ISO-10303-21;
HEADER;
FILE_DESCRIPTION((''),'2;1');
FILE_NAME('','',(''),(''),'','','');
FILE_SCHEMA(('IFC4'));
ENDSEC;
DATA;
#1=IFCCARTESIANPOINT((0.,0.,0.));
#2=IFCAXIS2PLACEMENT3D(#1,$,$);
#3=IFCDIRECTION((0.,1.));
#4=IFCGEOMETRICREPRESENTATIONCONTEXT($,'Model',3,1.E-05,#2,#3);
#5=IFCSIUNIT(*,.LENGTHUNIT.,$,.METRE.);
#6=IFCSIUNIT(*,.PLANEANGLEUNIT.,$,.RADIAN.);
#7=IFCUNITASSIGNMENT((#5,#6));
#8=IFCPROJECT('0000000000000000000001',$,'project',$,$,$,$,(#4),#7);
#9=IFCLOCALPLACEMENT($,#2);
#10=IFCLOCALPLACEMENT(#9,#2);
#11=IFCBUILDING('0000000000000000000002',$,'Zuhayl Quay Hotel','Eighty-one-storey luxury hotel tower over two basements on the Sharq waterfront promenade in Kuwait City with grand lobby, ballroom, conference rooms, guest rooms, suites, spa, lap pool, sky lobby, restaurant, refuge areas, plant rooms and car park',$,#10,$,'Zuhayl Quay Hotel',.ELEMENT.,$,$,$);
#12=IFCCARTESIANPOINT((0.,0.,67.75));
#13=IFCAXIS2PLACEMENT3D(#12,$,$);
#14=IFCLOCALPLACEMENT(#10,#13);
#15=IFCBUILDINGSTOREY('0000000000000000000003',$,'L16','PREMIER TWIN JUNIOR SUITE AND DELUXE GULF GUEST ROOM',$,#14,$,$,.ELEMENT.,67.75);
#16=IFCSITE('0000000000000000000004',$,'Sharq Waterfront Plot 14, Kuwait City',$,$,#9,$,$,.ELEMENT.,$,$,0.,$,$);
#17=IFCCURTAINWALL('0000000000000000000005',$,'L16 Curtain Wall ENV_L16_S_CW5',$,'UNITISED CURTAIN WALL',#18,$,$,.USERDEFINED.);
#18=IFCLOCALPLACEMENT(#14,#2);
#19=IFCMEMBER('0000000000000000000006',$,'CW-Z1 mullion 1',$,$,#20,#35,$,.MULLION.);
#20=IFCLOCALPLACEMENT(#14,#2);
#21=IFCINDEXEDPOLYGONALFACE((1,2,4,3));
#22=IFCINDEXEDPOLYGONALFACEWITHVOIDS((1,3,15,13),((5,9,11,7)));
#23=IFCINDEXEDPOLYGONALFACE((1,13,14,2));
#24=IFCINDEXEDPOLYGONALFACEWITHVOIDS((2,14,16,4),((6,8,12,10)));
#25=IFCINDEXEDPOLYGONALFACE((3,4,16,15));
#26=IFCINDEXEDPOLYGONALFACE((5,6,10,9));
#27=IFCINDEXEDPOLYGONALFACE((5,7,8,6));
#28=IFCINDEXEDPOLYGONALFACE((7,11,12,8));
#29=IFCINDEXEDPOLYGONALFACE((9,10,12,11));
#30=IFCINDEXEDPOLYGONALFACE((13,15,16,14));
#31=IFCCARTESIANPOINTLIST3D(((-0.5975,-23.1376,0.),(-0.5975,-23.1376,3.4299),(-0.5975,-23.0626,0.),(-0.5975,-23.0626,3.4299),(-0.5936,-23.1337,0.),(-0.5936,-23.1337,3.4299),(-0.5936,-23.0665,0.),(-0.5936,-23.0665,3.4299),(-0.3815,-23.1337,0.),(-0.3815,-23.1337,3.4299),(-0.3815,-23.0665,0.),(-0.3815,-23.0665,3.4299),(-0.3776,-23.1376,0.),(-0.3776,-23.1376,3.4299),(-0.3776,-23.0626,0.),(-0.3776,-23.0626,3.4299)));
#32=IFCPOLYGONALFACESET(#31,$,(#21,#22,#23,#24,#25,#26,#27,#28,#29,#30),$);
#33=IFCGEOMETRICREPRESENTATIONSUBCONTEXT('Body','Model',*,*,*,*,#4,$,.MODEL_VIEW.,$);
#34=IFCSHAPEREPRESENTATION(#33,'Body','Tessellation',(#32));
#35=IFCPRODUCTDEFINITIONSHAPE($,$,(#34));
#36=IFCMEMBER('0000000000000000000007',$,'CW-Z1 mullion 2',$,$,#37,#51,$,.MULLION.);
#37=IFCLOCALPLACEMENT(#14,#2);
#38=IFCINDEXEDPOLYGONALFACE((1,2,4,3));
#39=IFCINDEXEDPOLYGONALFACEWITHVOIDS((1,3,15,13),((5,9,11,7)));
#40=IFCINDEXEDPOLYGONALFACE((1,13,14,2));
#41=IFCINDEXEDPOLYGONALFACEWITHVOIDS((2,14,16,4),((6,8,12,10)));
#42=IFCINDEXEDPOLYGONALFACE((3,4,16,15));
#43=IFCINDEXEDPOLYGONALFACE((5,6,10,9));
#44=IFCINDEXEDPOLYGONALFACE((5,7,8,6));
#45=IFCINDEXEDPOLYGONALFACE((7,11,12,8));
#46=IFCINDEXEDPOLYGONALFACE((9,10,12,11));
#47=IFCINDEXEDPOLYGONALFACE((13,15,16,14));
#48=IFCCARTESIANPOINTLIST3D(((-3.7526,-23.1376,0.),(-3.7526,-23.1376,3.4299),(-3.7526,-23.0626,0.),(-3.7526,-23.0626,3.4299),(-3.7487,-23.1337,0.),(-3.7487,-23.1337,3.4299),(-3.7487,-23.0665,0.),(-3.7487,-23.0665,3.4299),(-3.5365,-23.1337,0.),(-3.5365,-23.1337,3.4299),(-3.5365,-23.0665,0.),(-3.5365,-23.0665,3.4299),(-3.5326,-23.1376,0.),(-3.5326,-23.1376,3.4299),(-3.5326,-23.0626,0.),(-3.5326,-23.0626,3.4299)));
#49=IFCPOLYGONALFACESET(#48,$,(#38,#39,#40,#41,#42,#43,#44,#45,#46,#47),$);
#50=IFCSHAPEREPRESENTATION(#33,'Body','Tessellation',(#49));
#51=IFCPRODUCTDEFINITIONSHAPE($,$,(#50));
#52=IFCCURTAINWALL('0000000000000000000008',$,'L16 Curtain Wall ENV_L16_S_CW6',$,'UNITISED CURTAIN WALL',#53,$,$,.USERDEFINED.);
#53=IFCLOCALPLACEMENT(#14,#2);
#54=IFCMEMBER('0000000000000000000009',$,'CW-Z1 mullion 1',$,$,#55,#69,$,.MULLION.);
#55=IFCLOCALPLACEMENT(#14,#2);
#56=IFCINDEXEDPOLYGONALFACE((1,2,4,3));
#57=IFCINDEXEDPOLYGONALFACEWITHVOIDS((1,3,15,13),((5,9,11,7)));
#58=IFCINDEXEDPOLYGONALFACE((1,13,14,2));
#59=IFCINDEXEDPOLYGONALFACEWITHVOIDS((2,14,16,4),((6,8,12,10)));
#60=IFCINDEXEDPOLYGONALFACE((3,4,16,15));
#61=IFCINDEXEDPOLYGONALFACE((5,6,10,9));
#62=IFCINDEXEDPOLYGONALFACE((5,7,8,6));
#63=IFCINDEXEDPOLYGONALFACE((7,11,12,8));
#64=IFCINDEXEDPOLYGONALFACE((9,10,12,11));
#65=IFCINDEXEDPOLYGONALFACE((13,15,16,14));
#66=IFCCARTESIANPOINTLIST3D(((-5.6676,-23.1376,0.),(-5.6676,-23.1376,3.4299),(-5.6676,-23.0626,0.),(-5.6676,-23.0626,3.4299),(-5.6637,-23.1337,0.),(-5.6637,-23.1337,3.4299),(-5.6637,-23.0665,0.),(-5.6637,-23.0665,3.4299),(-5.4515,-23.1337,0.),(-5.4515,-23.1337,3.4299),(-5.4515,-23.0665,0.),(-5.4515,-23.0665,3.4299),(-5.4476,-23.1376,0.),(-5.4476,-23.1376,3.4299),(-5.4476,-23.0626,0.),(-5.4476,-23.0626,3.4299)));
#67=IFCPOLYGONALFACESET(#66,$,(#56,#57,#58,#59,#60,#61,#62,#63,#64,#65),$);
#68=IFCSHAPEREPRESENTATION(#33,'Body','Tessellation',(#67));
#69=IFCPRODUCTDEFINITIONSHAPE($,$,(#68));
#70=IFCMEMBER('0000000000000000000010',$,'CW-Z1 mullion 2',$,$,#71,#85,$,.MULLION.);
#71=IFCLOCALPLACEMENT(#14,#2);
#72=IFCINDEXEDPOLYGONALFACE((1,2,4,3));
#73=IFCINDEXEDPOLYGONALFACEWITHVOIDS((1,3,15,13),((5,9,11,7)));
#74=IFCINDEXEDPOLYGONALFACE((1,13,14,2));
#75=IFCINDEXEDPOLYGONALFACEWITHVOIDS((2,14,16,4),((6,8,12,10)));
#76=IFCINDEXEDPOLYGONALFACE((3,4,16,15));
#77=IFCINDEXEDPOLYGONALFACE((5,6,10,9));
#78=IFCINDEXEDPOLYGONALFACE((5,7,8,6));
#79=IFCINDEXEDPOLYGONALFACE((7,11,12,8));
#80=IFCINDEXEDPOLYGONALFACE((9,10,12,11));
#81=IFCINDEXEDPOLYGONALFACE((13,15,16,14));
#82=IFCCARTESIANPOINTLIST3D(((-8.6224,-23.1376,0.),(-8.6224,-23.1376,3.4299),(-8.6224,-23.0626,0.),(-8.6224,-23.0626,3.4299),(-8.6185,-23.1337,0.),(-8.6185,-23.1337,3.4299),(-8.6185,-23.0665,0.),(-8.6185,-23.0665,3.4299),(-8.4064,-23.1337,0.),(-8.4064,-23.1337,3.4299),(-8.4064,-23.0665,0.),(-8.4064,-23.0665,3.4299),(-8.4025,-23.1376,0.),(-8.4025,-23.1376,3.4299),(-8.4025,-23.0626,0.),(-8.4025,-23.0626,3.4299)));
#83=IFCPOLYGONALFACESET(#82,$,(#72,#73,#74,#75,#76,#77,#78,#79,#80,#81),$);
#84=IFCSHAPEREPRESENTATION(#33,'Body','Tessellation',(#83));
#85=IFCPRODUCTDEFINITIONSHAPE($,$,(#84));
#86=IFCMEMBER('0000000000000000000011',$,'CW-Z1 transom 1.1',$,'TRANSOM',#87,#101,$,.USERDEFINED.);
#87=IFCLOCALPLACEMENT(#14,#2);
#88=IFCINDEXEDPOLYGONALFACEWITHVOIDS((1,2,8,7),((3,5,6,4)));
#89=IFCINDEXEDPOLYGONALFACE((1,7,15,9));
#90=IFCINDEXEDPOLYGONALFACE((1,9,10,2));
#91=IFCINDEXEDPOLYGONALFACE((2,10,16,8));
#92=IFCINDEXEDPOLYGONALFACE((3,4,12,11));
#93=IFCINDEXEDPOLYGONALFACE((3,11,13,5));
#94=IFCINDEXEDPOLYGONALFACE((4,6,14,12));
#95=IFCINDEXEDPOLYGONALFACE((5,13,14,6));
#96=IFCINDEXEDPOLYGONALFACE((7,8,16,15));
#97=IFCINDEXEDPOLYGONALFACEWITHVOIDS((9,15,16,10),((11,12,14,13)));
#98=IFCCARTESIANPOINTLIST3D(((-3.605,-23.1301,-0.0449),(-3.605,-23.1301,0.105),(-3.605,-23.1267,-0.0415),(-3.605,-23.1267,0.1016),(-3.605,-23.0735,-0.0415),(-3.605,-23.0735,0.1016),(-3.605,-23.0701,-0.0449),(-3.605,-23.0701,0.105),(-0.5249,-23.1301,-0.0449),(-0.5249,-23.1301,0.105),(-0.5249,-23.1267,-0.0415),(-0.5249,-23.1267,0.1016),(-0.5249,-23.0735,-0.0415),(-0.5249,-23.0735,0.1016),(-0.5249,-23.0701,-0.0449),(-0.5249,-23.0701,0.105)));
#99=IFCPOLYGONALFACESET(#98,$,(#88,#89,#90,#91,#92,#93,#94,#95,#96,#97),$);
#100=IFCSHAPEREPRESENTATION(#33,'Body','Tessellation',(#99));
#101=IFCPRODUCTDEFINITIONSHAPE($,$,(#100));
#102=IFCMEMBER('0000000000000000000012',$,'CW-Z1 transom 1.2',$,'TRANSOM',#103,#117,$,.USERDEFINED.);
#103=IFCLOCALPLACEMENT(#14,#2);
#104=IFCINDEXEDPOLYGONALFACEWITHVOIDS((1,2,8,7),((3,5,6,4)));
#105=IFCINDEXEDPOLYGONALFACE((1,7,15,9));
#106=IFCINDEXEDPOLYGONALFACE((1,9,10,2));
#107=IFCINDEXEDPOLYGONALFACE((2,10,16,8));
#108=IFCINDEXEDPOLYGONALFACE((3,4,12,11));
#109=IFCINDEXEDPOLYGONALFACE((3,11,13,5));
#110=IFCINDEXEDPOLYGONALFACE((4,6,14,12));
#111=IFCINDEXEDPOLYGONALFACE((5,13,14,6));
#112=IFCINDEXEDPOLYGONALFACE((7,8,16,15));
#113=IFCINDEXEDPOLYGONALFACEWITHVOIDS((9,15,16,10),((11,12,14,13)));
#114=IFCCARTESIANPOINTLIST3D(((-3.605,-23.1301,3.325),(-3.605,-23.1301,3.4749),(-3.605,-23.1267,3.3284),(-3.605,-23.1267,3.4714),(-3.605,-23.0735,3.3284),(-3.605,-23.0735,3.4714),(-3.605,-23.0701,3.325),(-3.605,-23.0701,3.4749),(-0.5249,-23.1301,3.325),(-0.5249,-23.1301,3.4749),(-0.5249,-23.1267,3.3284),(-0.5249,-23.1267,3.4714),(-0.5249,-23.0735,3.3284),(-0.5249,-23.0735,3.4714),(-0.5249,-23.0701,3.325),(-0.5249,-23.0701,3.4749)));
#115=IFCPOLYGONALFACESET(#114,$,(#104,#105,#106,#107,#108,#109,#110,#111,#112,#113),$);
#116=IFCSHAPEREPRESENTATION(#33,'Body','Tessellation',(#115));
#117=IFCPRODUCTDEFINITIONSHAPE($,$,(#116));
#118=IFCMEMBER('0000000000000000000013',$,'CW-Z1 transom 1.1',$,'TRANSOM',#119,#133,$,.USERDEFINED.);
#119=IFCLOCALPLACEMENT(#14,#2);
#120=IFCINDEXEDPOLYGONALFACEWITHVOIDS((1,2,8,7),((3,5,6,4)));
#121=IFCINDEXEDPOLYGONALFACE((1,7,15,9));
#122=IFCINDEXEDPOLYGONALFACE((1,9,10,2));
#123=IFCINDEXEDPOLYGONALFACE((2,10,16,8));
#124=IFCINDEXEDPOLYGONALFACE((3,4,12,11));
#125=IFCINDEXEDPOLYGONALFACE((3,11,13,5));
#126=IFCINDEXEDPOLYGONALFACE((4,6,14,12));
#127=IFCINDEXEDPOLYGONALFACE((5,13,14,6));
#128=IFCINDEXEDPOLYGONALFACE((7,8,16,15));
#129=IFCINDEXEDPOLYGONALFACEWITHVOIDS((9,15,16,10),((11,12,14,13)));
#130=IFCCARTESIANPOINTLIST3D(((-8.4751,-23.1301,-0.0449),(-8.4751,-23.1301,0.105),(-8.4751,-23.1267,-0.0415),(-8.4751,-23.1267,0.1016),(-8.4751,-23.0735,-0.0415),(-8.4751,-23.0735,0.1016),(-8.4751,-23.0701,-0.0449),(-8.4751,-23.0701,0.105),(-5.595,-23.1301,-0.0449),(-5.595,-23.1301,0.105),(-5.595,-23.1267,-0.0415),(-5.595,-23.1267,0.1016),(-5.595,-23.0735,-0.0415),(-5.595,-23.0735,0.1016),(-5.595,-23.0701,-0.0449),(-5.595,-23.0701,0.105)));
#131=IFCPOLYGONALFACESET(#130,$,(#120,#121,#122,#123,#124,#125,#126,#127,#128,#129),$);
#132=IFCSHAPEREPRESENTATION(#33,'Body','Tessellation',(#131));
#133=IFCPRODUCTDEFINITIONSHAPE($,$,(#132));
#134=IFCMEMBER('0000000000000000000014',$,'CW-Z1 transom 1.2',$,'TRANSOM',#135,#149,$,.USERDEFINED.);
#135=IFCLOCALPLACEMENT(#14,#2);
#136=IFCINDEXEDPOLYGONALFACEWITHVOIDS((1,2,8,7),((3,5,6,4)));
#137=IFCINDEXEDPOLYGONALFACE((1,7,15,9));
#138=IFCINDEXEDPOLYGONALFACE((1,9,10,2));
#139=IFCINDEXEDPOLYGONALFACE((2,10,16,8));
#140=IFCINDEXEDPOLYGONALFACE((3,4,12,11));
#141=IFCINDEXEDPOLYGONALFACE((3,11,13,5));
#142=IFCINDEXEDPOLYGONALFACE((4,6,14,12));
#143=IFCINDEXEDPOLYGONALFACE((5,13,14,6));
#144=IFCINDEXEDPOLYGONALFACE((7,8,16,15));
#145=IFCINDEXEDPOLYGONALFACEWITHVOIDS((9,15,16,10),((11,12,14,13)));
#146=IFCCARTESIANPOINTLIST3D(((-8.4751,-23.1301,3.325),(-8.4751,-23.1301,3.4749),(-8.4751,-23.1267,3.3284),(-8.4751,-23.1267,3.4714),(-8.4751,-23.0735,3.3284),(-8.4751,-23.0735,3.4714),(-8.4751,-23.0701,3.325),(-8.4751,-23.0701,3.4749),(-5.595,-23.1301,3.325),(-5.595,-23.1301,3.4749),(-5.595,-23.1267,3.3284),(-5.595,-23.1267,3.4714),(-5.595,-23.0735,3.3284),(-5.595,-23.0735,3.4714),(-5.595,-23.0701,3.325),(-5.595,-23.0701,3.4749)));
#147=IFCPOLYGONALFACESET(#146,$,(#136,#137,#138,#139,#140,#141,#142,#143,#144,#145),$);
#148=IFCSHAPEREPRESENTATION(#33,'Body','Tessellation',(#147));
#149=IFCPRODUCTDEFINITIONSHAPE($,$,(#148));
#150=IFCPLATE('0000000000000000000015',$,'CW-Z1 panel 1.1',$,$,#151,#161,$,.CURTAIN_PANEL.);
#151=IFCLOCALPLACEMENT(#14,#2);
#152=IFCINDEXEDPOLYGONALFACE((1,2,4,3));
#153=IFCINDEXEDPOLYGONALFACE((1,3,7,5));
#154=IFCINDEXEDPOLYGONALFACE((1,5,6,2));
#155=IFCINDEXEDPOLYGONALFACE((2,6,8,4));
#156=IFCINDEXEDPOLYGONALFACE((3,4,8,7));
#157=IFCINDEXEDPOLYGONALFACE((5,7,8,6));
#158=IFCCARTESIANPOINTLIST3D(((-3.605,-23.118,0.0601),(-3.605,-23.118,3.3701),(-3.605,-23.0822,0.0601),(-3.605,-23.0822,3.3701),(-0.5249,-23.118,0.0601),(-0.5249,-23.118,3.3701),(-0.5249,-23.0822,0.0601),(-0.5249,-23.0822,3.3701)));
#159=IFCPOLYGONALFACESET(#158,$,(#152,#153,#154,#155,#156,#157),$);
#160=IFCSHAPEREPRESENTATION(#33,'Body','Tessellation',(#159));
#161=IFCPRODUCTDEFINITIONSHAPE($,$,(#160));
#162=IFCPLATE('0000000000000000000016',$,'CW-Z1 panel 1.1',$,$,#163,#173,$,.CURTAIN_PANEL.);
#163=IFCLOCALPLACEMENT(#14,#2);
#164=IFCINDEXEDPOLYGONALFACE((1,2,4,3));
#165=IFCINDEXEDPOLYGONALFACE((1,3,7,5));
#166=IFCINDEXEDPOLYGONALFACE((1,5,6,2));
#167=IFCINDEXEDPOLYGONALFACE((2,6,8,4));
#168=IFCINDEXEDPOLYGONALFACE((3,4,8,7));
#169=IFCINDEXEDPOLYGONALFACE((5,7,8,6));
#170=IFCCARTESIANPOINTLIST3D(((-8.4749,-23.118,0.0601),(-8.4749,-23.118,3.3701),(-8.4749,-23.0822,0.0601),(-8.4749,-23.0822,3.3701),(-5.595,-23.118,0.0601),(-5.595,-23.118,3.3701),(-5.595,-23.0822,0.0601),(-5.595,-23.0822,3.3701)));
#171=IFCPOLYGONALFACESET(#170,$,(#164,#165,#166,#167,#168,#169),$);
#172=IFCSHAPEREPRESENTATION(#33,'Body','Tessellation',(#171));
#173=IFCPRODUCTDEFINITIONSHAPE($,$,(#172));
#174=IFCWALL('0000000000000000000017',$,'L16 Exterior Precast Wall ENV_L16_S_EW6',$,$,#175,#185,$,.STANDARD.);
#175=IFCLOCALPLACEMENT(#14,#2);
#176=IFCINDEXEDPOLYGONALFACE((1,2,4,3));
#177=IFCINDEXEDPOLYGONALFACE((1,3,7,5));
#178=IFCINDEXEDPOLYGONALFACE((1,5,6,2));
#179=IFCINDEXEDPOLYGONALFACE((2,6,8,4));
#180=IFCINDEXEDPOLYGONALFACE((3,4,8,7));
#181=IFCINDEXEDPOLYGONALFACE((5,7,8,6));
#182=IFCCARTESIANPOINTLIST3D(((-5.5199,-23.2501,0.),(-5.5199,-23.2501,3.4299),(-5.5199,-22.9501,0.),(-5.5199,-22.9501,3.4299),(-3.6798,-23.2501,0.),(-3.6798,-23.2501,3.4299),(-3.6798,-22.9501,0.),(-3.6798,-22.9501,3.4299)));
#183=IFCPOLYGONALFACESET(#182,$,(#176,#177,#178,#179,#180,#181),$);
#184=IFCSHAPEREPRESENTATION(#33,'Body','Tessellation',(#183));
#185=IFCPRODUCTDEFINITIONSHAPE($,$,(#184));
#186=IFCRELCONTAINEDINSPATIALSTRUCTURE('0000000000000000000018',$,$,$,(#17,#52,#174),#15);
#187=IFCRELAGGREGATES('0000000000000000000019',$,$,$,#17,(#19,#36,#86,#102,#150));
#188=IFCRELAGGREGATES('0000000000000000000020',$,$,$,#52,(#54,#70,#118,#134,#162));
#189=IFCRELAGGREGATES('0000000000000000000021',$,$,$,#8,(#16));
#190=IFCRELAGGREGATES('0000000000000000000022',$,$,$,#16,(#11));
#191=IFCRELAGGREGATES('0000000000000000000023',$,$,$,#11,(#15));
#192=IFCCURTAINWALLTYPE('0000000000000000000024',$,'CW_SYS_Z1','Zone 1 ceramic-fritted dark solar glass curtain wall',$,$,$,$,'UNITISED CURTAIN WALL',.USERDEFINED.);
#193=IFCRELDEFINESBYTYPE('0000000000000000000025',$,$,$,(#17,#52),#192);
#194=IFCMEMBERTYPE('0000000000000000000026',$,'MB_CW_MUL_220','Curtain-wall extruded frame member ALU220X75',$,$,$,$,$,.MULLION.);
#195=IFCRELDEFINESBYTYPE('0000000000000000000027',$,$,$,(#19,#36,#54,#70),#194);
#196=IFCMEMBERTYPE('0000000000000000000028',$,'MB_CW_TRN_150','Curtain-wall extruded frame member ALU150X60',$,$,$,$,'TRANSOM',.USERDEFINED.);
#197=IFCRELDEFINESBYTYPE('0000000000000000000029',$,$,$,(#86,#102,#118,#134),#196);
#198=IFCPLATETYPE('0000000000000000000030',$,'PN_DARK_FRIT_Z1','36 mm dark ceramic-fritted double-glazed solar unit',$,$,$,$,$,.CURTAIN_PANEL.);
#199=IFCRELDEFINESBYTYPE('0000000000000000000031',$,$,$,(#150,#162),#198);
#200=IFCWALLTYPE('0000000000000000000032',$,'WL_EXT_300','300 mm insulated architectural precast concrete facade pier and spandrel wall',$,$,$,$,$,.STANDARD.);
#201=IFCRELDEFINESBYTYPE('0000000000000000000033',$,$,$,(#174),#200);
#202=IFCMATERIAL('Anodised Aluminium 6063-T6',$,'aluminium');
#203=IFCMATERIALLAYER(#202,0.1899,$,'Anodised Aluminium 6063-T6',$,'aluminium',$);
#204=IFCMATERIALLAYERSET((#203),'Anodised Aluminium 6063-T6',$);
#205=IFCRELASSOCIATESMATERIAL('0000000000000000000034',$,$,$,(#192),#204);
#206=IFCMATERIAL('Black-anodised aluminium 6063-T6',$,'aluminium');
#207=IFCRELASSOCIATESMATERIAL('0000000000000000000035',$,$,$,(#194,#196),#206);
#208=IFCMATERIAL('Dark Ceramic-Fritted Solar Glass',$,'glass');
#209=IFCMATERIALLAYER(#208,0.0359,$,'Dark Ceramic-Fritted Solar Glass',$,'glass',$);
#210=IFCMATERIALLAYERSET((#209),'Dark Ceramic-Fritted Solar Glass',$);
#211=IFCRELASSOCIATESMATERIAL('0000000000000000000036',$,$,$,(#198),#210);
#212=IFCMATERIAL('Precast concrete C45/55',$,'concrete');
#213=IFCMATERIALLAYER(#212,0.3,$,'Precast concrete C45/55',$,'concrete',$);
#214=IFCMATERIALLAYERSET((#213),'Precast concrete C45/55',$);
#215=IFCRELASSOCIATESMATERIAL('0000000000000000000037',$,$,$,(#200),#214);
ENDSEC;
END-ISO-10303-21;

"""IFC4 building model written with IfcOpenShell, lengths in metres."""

from ifc_helpers import new_model, si_unit, direction, frame, frame_2d, origin, origin_2d, place, context, subcontext, project, spatial, rectangle, hollow_rectangle, extrude, material, layer, layer_set, material_profile, profile_set, type_object, element, aggregate, save


model = new_model("IFC4")

# Units and contexts
model_context = context("Model", 3, precision=1e-05, world=origin(), true_north=direction((0.0, 1.0)))
body_context = subcontext(model_context, "Body", "Model", "MODEL_VIEW")
ifc_project = project(units=[si_unit("LENGTHUNIT", "METRE"), si_unit("PLANEANGLEUNIT", "RADIAN")], contexts=[model_context])

# Site, building, storey
site_placement = place(None, origin())
site = spatial("IfcSite", under=ifc_project, at=site_placement, Name="Sharq Waterfront Plot 14, Kuwait City", CompositionType="ELEMENT", RefElevation=0.0)
building_placement = place(site_placement, origin())
building = spatial("IfcBuilding", under=site, at=building_placement, Name="Zuhayl Quay Hotel", Description="Eighty-one-storey luxury hotel tower over two basements on the Sharq waterfront promenade in Kuwait City with grand lobby, ballroom, conference rooms, guest rooms, suites, spa, lap pool, sky lobby, restaurant, refuge areas, plant rooms and car park", LongName="Zuhayl Quay Hotel", CompositionType="ELEMENT")
storey_placement = place(building_placement, frame((0.0, 0.0, 67.75)))
storey = spatial("IfcBuildingStorey", under=building, at=storey_placement, Name="L16", Description="PREMIER TWIN JUNIOR SUITE AND DELUXE GULF GUEST ROOM", CompositionType="ELEMENT", Elevation=67.75)

# Curtain walls, members
ifc_material_1 = material(Name="Anodised Aluminium 6063-T6", Category="aluminium")
ifc_layer_1 = layer(ifc_material_1, 0.1899, Name="Anodised Aluminium 6063-T6", Category="aluminium")
ifc_layer_set_1 = layer_set([ifc_layer_1], Name="Anodised Aluminium 6063-T6")
curtain_wall_type = type_object("IfcCurtainWallType", Name="CW_SYS_Z1", Description="Zone 1 ceramic-fritted dark solar glass curtain wall", ElementType="UNITISED CURTAIN WALL", PredefinedType="USERDEFINED", material=ifc_layer_set_1)
curtain_wall_1_placement = place(storey_placement, origin())
curtain_wall_1 = element("IfcCurtainWall", 1, at=curtain_wall_1_placement, inside=storey, type_object=curtain_wall_type, Name="L16 Curtain Wall ENV_L16_S_CW5", ObjectType="UNITISED CURTAIN WALL", PredefinedType="USERDEFINED")
ifc_material_2 = material(Name="Black-anodised aluminium 6063-T6", Category="aluminium")
ifc_material_profile_1 = material_profile(ifc_material_2, hollow_rectangle(XDim=0.075, YDim=0.22, WallThickness=0.0039, at=origin_2d()), Name="ALU220X75")
ifc_profile_set_1 = profile_set([ifc_material_profile_1], Name="Black-anodised aluminium 6063-T6")
member_type_1 = type_object("IfcMemberType", Name="MB_CW_MUL_220", Description="Curtain-wall extruded frame member ALU220X75", PredefinedType="MULLION", material=ifc_profile_set_1)
member_1_placement = place(storey_placement, frame((-0.4875, -23.1001, 0.0), z_axis=(0.0, 0.0, 1.0), x_axis=(0.0, -1.0, 0.0)))
member_1 = element("IfcMember", 2, at=member_1_placement, type_object=member_type_1, Name="CW-Z1 mullion 1", PredefinedType="MULLION", context=body_context, shape_type="SweptSolid", body=[
    extrude(hollow_rectangle(XDim=0.075, YDim=0.22, WallThickness=0.0039, at=origin_2d()), origin(), (0.0, 0.0, 1.0), 3.4299),
])
member_2_placement = place(storey_placement, frame((-3.6426, -23.1001, 0.0), z_axis=(0.0, 0.0, 1.0), x_axis=(0.0, -1.0, 0.0)))
member_2 = element("IfcMember", 3, at=member_2_placement, type_object=member_type_1, Name="CW-Z1 mullion 2", PredefinedType="MULLION", context=body_context, shape_type="SweptSolid", body=[
    extrude(hollow_rectangle(XDim=0.075, YDim=0.22, WallThickness=0.0039, at=origin_2d()), origin(), (0.0, 0.0, 1.0), 3.4299),
])
curtain_wall_2_placement = place(storey_placement, origin())
curtain_wall_2 = element("IfcCurtainWall", 4, at=curtain_wall_2_placement, inside=storey, type_object=curtain_wall_type, Name="L16 Curtain Wall ENV_L16_S_CW6", ObjectType="UNITISED CURTAIN WALL", PredefinedType="USERDEFINED")
member_3_placement = place(storey_placement, frame((-5.5576, -23.1001, 0.0), z_axis=(0.0, 0.0, 1.0), x_axis=(0.0, -1.0, 0.0)))
member_3 = element("IfcMember", 5, at=member_3_placement, type_object=member_type_1, Name="CW-Z1 mullion 1", PredefinedType="MULLION", context=body_context, shape_type="SweptSolid", body=[
    extrude(hollow_rectangle(XDim=0.075, YDim=0.22, WallThickness=0.0039, at=origin_2d()), origin(), (0.0, 0.0, 1.0), 3.4299),
])
member_4_placement = place(storey_placement, frame((-8.5125, -23.1001, 0.0), z_axis=(0.0, 0.0, 1.0), x_axis=(0.0, -1.0, 0.0)))
member_4 = element("IfcMember", 6, at=member_4_placement, type_object=member_type_1, Name="CW-Z1 mullion 2", PredefinedType="MULLION", context=body_context, shape_type="SweptSolid", body=[
    extrude(hollow_rectangle(XDim=0.075, YDim=0.22, WallThickness=0.0039, at=origin_2d()), origin(), (0.0, 0.0, 1.0), 3.4299),
])

# Members
ifc_material_profile_2 = material_profile(ifc_material_2, hollow_rectangle(XDim=0.0601, YDim=0.1499, WallThickness=0.0034, at=origin_2d()), Name="ALU150X60")
ifc_profile_set_2 = profile_set([ifc_material_profile_2], Name="Black-anodised aluminium 6063-T6")
member_type_2 = type_object("IfcMemberType", Name="MB_CW_TRN_150", Description="Curtain-wall extruded frame member ALU150X60", ElementType="TRANSOM", PredefinedType="USERDEFINED", material=ifc_profile_set_2)
member_5_placement = place(storey_placement, frame((-0.5249, -23.1001, 0.03), z_axis=(-1.0, 0.0, 0.0), x_axis=(0.0, -1.0, 0.0)))
member_5 = element("IfcMember", 7, at=member_5_placement, type_object=member_type_2, Name="CW-Z1 transom 1.1", ObjectType="TRANSOM", PredefinedType="USERDEFINED", context=body_context, shape_type="SweptSolid", body=[
    extrude(hollow_rectangle(XDim=0.0601, YDim=0.1499, WallThickness=0.0034, at=origin_2d()), origin(), (0.0, 0.0, 1.0), 3.0801),
])
member_6_placement = place(storey_placement, frame((-0.5249, -23.1001, 3.3999), z_axis=(-1.0, 0.0, 0.0), x_axis=(0.0, -1.0, 0.0)))
member_6 = element("IfcMember", 8, at=member_6_placement, type_object=member_type_2, Name="CW-Z1 transom 1.2", ObjectType="TRANSOM", PredefinedType="USERDEFINED", context=body_context, shape_type="SweptSolid", body=[
    extrude(hollow_rectangle(XDim=0.0601, YDim=0.1499, WallThickness=0.0034, at=origin_2d()), origin(), (0.0, 0.0, 1.0), 3.0801),
])
member_7_placement = place(storey_placement, frame((-5.595, -23.1001, 0.03), z_axis=(-1.0, 0.0, 0.0), x_axis=(0.0, -1.0, 0.0)))
member_7 = element("IfcMember", 9, at=member_7_placement, type_object=member_type_2, Name="CW-Z1 transom 1.1", ObjectType="TRANSOM", PredefinedType="USERDEFINED", context=body_context, shape_type="SweptSolid", body=[
    extrude(hollow_rectangle(XDim=0.0601, YDim=0.1499, WallThickness=0.0034, at=origin_2d()), origin(), (0.0, 0.0, 1.0), 2.8801),
])
member_8_placement = place(storey_placement, frame((-5.595, -23.1001, 3.3999), z_axis=(-1.0, 0.0, 0.0), x_axis=(0.0, -1.0, 0.0)))
member_8 = element("IfcMember", 10, at=member_8_placement, type_object=member_type_2, Name="CW-Z1 transom 1.2", ObjectType="TRANSOM", PredefinedType="USERDEFINED", context=body_context, shape_type="SweptSolid", body=[
    extrude(hollow_rectangle(XDim=0.0601, YDim=0.1499, WallThickness=0.0034, at=origin_2d()), origin(), (0.0, 0.0, 1.0), 2.8801),
])

# Plates
ifc_material_3 = material(Name="Dark Ceramic-Fritted Solar Glass", Category="glass")
ifc_layer_2 = layer(ifc_material_3, 0.0359, Name="Dark Ceramic-Fritted Solar Glass", Category="glass")
ifc_layer_set_2 = layer_set([ifc_layer_2], Name="Dark Ceramic-Fritted Solar Glass")
plate_type = type_object("IfcPlateType", Name="PN_DARK_FRIT_Z1", Description="36 mm dark ceramic-fritted double-glazed solar unit", PredefinedType="CURTAIN_PANEL", material=ifc_layer_set_2)
plate_1_placement = place(storey_placement, frame((-2.0649, -23.1001, 0.0601), z_axis=(0.0, 0.0, 1.0), x_axis=(-1.0, 0.0, 0.0)))
plate_1 = element("IfcPlate", 11, at=plate_1_placement, type_object=plate_type, Name="CW-Z1 panel 1.1", PredefinedType="CURTAIN_PANEL", context=body_context, shape_type="SweptSolid", body=[
    extrude(rectangle(XDim=3.0801, YDim=0.0359, at=origin_2d()), origin(), (0.0, 0.0, 1.0), 3.3101),
])
aggregate(curtain_wall_1, [member_1, member_2, member_5, member_6, plate_1])
plate_2_placement = place(storey_placement, frame((-7.0349, -23.1001, 0.0601), z_axis=(0.0, 0.0, 1.0), x_axis=(-1.0, 0.0, 0.0)))
plate_2 = element("IfcPlate", 12, at=plate_2_placement, type_object=plate_type, Name="CW-Z1 panel 1.1", PredefinedType="CURTAIN_PANEL", context=body_context, shape_type="SweptSolid", body=[
    extrude(rectangle(XDim=2.8799, YDim=0.0359, at=origin_2d()), origin(), (0.0, 0.0, 1.0), 3.3101),
])
aggregate(curtain_wall_2, [member_3, member_4, member_7, member_8, plate_2])

# Wall
ifc_material_4 = material(Name="Precast concrete C45/55", Category="concrete")
ifc_layer_3 = layer(ifc_material_4, 0.3, Name="Precast concrete C45/55", Category="concrete")
ifc_layer_set_3 = layer_set([ifc_layer_3], Name="Precast concrete C45/55")
wall_type_1 = type_object("IfcWallType", Name="WL_EXT_300", Description="300 mm insulated architectural precast concrete facade pier and spandrel wall", PredefinedType="STANDARD", material=ifc_layer_set_3)
wall_1_placement = place(storey_placement, frame((-3.6799, -23.1001, 0.0), z_axis=(0.0, 0.0, 1.0), x_axis=(-1.0, 0.0, 0.0)))
element("IfcWall", 13, at=wall_1_placement, inside=storey, type_object=wall_type_1, Name="L16 Exterior Precast Wall ENV_L16_S_EW6", PredefinedType="STANDARD", context=body_context, shape_type="SweptSolid", body=[
    extrude(rectangle(XDim=1.8401, YDim=0.3, at=frame_2d((0.9199, 0.0))), origin(), (0.0, 0.0, 1.0), 3.4299),
])

save(model, "model.ifc")
